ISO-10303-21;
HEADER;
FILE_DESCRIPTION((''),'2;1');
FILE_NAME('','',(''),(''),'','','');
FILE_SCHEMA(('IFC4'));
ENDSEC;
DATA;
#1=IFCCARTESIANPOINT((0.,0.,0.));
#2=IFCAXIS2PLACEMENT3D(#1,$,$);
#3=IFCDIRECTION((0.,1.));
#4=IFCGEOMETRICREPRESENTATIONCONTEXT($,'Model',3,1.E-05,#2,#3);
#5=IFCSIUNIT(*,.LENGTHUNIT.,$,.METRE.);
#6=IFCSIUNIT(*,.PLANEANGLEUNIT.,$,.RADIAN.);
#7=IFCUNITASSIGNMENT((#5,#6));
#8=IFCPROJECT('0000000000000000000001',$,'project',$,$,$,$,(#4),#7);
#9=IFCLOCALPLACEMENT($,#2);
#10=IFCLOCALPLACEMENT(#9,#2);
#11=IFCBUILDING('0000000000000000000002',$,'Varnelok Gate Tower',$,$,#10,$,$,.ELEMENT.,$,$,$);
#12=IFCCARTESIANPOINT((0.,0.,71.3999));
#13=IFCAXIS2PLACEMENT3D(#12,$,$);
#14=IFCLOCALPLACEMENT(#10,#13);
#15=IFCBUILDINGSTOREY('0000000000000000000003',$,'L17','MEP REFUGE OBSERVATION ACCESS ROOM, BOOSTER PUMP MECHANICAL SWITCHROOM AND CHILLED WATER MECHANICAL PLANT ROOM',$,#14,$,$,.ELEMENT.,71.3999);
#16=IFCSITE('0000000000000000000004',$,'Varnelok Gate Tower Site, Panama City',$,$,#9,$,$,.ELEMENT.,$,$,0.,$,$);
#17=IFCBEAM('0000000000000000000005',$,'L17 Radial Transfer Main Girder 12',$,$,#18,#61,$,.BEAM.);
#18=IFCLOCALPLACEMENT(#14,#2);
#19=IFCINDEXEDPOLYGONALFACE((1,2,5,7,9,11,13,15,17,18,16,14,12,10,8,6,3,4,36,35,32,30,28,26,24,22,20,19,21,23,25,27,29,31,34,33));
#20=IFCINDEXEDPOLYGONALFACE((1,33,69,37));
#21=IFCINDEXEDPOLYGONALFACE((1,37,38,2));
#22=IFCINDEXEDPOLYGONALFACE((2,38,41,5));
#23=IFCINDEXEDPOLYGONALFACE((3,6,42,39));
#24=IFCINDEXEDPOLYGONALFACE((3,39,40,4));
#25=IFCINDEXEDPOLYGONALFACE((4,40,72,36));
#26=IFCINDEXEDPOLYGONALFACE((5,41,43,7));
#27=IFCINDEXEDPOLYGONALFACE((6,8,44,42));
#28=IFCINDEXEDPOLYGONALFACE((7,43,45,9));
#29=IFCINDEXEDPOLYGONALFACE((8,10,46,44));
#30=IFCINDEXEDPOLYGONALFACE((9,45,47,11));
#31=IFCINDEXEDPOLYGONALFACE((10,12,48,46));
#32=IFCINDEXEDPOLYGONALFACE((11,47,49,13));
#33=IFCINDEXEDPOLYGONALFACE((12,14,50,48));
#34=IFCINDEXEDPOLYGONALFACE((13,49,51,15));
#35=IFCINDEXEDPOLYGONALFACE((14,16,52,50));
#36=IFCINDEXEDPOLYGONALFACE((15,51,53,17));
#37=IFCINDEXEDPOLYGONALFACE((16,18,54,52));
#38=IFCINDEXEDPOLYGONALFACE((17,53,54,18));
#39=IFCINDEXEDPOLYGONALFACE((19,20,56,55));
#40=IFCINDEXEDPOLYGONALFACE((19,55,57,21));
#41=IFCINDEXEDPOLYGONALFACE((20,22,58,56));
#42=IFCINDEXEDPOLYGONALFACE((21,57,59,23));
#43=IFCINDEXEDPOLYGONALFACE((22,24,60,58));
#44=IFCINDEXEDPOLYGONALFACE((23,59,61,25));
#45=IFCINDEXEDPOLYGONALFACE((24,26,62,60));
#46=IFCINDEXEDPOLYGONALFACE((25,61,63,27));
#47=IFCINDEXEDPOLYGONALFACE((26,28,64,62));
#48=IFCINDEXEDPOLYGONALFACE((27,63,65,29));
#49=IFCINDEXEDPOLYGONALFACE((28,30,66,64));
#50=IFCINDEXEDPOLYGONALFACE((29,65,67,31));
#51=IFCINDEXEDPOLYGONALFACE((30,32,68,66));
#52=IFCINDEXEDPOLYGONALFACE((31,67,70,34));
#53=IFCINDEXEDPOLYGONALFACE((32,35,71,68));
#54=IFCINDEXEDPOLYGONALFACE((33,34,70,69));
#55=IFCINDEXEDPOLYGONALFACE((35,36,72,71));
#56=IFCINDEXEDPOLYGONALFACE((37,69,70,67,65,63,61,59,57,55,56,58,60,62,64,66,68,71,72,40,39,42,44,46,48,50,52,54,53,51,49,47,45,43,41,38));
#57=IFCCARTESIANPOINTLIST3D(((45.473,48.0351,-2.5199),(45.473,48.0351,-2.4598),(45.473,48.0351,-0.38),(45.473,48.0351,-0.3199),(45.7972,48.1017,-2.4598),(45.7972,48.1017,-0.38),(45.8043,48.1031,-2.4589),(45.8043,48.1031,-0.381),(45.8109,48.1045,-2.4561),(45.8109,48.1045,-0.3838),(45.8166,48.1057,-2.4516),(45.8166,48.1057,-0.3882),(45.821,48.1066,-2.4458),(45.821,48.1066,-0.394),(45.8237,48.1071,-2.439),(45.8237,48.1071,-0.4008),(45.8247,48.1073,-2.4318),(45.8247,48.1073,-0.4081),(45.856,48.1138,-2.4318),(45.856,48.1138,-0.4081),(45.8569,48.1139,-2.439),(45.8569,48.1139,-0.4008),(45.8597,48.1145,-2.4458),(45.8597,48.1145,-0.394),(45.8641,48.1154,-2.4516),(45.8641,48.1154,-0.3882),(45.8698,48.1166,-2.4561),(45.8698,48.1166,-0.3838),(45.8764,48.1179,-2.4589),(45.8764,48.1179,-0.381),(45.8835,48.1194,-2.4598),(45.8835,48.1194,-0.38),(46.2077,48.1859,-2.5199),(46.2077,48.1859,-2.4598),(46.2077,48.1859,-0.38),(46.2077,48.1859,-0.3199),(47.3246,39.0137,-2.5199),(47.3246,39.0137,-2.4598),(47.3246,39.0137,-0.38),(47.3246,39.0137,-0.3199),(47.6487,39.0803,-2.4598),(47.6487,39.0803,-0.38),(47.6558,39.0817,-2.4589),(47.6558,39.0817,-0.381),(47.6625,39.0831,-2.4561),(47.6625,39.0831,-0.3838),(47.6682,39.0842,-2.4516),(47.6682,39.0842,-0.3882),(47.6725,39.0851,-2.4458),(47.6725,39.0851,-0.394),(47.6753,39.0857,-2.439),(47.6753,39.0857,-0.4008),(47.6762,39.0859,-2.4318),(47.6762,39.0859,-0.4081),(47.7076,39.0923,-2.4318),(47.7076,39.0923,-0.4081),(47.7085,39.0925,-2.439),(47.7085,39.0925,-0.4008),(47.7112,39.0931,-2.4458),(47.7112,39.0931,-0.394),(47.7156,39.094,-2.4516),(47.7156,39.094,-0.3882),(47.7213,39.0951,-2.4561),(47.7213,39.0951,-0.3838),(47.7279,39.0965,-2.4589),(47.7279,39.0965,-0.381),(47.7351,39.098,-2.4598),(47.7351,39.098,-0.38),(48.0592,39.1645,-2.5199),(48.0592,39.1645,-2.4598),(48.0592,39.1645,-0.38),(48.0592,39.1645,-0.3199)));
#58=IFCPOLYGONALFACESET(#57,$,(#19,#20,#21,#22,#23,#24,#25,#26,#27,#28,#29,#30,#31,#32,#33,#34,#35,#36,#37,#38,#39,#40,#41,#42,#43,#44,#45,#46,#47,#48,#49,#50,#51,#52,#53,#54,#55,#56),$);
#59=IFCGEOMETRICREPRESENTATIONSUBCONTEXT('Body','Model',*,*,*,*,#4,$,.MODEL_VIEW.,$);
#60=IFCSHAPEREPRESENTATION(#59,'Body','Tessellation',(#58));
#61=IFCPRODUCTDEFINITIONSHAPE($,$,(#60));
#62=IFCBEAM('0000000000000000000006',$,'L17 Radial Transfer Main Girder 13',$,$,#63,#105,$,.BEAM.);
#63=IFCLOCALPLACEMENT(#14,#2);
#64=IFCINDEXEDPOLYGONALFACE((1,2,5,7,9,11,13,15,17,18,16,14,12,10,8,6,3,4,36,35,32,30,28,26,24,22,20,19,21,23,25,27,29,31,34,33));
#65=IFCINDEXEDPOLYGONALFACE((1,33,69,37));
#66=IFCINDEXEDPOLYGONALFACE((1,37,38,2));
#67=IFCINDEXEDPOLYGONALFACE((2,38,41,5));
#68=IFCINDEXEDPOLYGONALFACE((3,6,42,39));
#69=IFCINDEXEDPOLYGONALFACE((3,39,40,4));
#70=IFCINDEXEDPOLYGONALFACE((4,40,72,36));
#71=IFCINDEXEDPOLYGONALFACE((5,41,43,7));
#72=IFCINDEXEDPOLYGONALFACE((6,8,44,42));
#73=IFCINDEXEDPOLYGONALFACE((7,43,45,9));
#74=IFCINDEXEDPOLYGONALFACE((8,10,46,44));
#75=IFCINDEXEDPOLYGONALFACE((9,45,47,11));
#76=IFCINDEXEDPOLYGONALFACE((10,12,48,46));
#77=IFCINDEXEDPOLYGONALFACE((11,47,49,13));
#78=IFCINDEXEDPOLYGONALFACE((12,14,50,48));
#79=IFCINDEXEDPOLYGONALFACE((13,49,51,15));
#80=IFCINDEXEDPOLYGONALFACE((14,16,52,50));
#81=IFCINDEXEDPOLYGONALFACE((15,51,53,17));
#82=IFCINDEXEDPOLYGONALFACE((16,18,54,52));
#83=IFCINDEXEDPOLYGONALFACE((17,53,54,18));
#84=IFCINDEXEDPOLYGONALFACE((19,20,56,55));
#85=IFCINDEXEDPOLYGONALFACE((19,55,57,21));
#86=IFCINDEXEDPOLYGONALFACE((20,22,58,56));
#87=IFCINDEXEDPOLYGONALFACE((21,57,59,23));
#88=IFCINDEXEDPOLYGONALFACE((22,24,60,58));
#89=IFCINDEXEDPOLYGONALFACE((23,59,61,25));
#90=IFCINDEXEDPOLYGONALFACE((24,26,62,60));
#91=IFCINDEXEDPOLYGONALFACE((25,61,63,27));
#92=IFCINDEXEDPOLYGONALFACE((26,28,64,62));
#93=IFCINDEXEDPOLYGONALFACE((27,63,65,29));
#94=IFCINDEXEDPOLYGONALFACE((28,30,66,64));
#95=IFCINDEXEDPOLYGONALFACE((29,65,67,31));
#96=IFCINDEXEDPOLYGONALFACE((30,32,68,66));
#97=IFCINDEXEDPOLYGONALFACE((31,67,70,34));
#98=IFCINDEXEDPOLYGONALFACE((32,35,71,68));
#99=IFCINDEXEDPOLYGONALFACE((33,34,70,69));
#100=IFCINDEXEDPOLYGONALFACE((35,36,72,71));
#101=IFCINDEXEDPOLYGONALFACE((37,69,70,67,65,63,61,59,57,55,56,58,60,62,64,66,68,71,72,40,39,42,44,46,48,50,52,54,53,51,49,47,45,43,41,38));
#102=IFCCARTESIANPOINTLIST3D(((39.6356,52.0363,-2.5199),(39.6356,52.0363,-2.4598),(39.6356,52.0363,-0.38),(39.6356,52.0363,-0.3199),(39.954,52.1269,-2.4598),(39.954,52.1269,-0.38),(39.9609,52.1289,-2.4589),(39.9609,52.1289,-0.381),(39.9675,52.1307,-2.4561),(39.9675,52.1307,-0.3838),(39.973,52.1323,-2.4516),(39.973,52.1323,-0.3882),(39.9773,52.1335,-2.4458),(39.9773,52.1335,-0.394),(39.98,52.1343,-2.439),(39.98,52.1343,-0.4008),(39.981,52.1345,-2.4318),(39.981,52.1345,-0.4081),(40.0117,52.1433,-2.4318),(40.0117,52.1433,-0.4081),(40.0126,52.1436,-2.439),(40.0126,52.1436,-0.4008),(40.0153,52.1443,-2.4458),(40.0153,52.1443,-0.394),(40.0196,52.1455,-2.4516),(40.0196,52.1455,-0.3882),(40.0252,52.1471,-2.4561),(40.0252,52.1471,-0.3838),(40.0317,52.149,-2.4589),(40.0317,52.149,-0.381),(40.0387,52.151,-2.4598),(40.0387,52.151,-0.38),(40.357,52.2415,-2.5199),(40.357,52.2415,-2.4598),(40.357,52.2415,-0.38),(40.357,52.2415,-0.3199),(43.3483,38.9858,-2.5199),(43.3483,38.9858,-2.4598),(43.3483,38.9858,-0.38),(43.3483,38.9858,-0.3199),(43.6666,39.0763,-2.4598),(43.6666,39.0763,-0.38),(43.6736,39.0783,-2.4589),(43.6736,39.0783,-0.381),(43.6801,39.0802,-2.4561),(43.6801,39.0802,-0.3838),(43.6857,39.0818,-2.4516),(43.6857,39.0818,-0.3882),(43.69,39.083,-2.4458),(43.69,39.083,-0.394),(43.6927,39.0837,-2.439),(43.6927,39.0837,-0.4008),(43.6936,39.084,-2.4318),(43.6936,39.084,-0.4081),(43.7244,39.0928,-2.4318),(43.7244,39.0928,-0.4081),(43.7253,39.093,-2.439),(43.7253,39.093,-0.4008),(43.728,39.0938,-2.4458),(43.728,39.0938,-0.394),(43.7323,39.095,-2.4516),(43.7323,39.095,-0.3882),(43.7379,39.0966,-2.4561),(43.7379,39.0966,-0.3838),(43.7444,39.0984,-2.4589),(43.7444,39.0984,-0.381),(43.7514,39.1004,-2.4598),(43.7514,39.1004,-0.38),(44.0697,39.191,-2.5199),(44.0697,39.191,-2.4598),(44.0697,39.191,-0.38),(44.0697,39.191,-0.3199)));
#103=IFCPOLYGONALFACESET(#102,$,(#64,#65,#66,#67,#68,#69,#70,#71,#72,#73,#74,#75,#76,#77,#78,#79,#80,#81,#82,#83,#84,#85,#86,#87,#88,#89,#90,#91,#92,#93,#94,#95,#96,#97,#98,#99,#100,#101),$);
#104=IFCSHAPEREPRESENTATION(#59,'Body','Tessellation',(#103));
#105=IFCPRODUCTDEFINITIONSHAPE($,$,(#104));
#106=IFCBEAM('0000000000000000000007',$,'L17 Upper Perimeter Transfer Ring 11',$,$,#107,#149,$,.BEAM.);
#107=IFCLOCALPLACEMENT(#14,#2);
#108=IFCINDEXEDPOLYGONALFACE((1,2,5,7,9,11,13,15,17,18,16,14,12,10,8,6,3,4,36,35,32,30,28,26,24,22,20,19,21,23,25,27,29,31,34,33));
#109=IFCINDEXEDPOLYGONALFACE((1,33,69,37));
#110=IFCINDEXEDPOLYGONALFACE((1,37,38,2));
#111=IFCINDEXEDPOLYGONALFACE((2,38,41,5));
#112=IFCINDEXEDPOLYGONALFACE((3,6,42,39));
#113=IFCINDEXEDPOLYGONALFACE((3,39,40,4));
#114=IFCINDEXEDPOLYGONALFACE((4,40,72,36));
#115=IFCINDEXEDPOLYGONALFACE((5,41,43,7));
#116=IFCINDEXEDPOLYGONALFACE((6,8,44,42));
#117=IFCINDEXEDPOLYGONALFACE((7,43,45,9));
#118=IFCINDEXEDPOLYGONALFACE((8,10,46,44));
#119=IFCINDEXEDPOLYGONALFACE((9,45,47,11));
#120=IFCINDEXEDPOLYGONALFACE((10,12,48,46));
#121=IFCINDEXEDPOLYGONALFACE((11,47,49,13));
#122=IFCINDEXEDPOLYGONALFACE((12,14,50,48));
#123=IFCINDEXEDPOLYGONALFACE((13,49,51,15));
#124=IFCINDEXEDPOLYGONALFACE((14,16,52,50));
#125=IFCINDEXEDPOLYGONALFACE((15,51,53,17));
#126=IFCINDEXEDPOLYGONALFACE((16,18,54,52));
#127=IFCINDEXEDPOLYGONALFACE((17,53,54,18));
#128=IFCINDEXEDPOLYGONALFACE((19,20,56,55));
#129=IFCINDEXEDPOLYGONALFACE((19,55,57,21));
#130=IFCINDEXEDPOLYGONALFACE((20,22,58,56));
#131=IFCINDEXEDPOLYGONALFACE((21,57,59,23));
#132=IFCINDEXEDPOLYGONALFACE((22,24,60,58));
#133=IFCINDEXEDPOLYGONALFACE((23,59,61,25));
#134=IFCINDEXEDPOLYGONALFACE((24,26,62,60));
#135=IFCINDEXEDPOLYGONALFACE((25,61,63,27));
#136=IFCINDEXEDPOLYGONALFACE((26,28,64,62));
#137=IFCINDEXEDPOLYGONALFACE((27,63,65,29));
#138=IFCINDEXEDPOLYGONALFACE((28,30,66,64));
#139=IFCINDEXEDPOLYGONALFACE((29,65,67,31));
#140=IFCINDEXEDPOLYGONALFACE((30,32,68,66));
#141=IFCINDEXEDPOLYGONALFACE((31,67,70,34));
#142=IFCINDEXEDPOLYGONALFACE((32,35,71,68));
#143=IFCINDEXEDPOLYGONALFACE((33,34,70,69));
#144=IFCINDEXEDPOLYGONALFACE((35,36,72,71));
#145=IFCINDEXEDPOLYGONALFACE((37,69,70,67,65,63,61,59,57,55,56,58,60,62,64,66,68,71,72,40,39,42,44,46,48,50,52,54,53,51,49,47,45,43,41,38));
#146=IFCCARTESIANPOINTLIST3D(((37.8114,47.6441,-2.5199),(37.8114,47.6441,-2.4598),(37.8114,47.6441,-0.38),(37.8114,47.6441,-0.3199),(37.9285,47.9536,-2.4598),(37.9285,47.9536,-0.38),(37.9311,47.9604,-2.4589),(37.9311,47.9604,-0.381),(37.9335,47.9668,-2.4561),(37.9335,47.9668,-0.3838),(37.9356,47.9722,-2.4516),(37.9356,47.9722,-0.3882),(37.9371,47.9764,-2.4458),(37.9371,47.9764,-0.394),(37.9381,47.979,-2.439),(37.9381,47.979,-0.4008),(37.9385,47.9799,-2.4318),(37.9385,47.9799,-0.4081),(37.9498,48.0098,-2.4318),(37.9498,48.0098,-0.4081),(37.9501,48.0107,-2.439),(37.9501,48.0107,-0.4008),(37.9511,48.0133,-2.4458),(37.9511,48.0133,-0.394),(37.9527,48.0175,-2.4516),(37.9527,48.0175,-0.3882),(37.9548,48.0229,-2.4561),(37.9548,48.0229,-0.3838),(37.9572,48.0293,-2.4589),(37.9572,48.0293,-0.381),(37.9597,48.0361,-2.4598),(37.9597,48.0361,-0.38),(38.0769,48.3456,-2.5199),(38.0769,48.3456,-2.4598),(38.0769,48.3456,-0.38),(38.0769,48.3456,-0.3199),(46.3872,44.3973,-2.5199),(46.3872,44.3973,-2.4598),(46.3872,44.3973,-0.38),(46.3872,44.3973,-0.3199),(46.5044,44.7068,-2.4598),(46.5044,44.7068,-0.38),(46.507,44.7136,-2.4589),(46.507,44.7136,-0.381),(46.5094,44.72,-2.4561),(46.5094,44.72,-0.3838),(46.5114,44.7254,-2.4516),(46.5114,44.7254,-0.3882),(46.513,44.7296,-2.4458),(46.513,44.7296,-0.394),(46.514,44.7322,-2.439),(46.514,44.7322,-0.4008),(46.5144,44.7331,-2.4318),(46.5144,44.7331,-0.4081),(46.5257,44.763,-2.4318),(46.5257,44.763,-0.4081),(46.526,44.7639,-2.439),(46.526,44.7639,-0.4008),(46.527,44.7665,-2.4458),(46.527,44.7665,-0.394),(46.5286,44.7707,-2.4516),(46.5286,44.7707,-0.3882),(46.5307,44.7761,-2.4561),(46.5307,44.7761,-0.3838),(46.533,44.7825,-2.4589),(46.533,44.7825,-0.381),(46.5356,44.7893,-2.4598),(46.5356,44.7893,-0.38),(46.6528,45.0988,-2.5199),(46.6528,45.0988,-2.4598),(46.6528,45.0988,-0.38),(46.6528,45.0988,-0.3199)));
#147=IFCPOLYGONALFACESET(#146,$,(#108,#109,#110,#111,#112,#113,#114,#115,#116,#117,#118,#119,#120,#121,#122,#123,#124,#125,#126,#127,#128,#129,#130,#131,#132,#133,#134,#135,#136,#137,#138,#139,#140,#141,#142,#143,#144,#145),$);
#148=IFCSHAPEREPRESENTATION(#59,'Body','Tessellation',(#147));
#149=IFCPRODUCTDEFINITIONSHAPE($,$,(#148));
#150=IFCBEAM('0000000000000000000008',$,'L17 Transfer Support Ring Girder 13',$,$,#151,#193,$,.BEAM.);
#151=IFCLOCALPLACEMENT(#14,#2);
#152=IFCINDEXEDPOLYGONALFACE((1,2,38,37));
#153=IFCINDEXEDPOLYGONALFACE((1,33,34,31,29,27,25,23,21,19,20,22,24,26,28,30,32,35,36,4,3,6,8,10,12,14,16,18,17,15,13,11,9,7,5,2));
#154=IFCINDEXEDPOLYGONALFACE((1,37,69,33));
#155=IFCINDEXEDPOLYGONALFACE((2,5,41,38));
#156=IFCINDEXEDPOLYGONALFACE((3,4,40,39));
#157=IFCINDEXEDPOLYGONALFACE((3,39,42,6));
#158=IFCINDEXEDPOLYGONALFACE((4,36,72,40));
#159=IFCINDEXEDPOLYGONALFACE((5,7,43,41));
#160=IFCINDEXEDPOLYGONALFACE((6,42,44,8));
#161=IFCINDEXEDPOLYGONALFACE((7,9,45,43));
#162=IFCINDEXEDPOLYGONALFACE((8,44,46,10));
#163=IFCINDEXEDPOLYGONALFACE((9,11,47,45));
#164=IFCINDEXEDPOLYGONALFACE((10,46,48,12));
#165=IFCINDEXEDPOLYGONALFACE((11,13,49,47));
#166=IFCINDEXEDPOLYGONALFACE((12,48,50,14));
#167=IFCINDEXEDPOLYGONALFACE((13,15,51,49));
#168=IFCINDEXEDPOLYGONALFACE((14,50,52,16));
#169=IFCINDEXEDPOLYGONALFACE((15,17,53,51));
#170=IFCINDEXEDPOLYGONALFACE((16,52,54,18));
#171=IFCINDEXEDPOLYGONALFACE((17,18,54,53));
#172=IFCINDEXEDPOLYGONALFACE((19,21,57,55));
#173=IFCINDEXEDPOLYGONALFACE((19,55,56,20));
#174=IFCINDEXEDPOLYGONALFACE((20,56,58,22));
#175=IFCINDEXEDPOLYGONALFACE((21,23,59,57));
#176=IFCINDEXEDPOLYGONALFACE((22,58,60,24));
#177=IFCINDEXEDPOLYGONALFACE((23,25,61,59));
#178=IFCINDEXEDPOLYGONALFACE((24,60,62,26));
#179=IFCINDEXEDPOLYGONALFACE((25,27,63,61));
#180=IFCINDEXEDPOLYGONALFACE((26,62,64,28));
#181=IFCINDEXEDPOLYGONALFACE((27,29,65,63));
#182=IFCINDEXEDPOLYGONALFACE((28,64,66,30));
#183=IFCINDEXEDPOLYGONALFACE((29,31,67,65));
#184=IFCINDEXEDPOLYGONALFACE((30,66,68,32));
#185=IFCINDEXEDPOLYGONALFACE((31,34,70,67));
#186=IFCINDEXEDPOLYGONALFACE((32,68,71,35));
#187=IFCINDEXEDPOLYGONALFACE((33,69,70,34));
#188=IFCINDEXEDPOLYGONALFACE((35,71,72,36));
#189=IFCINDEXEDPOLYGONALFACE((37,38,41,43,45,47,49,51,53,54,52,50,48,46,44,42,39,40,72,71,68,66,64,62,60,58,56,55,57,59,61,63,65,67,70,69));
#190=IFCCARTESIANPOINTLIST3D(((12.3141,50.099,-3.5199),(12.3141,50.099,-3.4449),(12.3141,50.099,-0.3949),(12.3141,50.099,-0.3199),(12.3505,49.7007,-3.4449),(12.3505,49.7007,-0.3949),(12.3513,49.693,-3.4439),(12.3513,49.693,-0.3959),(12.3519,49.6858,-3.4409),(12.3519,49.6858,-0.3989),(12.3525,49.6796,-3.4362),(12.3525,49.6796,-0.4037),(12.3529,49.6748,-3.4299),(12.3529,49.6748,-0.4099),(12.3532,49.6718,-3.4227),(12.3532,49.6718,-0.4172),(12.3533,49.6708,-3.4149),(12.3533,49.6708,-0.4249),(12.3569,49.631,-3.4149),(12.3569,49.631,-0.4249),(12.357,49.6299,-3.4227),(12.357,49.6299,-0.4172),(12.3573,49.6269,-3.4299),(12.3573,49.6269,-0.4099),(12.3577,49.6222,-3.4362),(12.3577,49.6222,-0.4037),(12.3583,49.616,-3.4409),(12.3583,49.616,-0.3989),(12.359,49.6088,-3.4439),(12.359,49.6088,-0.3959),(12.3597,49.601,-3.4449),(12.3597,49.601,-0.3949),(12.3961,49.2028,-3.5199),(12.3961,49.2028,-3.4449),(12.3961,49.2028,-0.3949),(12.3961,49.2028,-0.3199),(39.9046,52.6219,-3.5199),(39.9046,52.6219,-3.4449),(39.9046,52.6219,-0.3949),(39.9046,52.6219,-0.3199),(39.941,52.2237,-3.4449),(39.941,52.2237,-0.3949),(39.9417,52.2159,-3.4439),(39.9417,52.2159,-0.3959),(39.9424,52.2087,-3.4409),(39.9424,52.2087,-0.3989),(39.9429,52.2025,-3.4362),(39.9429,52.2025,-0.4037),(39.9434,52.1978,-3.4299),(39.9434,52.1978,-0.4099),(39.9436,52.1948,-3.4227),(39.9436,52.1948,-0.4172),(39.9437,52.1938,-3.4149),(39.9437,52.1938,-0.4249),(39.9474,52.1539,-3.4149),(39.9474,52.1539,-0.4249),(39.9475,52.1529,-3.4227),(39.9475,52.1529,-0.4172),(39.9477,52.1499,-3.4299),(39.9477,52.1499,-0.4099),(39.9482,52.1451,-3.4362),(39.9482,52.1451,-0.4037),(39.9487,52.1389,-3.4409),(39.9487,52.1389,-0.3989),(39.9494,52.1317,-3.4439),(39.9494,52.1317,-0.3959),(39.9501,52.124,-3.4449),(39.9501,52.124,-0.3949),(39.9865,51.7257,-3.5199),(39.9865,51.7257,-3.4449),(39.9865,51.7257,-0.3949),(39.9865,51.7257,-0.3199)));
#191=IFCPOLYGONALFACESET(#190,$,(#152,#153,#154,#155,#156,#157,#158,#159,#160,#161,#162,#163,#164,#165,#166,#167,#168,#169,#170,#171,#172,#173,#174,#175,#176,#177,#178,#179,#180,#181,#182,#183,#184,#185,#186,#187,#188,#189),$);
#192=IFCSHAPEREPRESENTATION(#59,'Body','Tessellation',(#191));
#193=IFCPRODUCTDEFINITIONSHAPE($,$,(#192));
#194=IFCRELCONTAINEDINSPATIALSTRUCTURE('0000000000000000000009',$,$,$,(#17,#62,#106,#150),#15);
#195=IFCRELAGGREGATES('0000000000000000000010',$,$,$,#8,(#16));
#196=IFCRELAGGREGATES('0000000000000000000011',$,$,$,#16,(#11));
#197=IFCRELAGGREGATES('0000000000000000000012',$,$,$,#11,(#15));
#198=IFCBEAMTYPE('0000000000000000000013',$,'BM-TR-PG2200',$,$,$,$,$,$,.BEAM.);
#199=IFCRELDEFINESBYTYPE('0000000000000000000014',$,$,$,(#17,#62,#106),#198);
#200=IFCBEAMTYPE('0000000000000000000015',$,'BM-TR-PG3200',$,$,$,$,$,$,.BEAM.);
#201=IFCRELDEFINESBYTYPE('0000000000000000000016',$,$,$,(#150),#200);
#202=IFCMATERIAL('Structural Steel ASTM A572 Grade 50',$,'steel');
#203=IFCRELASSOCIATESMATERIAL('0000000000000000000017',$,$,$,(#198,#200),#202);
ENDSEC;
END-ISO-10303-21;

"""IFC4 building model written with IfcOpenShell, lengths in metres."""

from ifc_helpers import new_model, si_unit, direction, frame, origin, origin_2d, place, context, subcontext, project, spatial, i_section, extrude, material, material_profile, profile_set, type_object, element, save


model = new_model("IFC4")

# Units and contexts
model_context = context("Model", 3, precision=1e-05, world=origin(), true_north=direction((0.0, 1.0)))
body_context = subcontext(model_context, "Body", "Model", "MODEL_VIEW")
ifc_project = project(units=[si_unit("LENGTHUNIT", "METRE"), si_unit("PLANEANGLEUNIT", "RADIAN")], contexts=[model_context])

# Site, building, storey
site_placement = place(None, origin())
site = spatial("IfcSite", under=ifc_project, at=site_placement, Name="Varnelok Gate Tower Site, Panama City", CompositionType="ELEMENT", RefElevation=0.0)
building_placement = place(site_placement, origin())
building = spatial("IfcBuilding", under=site, at=building_placement, Name="Varnelok Gate Tower", CompositionType="ELEMENT")
storey_placement = place(building_placement, frame((0.0, 0.0, 71.3999)))
storey = spatial("IfcBuildingStorey", under=building, at=storey_placement, Name="L17", Description="MEP REFUGE OBSERVATION ACCESS ROOM, BOOSTER PUMP MECHANICAL SWITCHROOM AND CHILLED WATER MECHANICAL PLANT ROOM", CompositionType="ELEMENT", Elevation=71.3999)

# Beams
ifc_material_1 = material(Name="Structural Steel ASTM A572 Grade 50", Category="steel")
ifc_material_profile_1 = material_profile(ifc_material_1, i_section(OverallWidth=0.75, OverallDepth=2.2, WebThickness=0.032, FlangeThickness=0.0601, FilletRadius=0.0281, at=origin_2d()), Name="PG2200X750")
ifc_profile_set_1 = profile_set([ifc_material_profile_1], Name="Structural Steel ASTM A572 Grade 50")
beam_type_1 = type_object("IfcBeamType", Name="BM-TR-PG2200", PredefinedType="BEAM", material=ifc_profile_set_1)
beam_1_placement = place(storey_placement, frame((47.6919, 39.0891, -1.4199), z_axis=(-0.201049, 0.979581, 0.0), x_axis=(-0.979581, -0.201049, 0.0)))
element("IfcBeam", 1, at=beam_1_placement, inside=storey, type_object=beam_type_1, Name="L17 Radial Transfer Main Girder 12", PredefinedType="BEAM", context=body_context, shape_type="SweptSolid", body=[
    extrude(i_section(OverallWidth=0.75, OverallDepth=2.2, WebThickness=0.032, FlangeThickness=0.0601, FilletRadius=0.0281, at=origin_2d()), origin(), (0.0, 0.0, 1.0), 9.2095),
])
beam_2_placement = place(storey_placement, frame((43.709, 39.0884, -1.4199), z_axis=(-0.273625, 0.961836, 0.0), x_axis=(-0.961836, -0.273625, 0.0)))
element("IfcBeam", 2, at=beam_2_placement, inside=storey, type_object=beam_type_1, Name="L17 Radial Transfer Main Girder 13", PredefinedType="BEAM", context=body_context, shape_type="SweptSolid", body=[
    extrude(i_section(OverallWidth=0.75, OverallDepth=2.2, WebThickness=0.032, FlangeThickness=0.0601, FilletRadius=0.0281, at=origin_2d()), origin(), (0.0, 0.0, 1.0), 13.5684),
])
beam_3_placement = place(storey_placement, frame((46.52, 44.748, -1.4199), z_axis=(-0.935218, 0.354071, 0.0), x_axis=(-0.354071, -0.935218, 0.0)))
element("IfcBeam", 3, at=beam_3_placement, inside=storey, type_object=beam_type_1, Name="L17 Upper Perimeter Transfer Ring 11", PredefinedType="BEAM", context=body_context, shape_type="SweptSolid", body=[
    extrude(i_section(OverallWidth=0.75, OverallDepth=2.2, WebThickness=0.032, FlangeThickness=0.0601, FilletRadius=0.0281, at=origin_2d()), origin(), (0.0, 0.0, 1.0), 9.1699),
])
ifc_material_profile_2 = material_profile(ifc_material_1, i_section(OverallWidth=0.8999, OverallDepth=3.2, WebThickness=0.04, FlangeThickness=0.075, FilletRadius=0.03, at=origin_2d()), Name="PG3200X900")
ifc_profile_set_2 = profile_set([ifc_material_profile_2], Name="Structural Steel ASTM A572 Grade 50")
beam_type_2 = type_object("IfcBeamType", Name="BM-TR-PG3200", PredefinedType="BEAM", material=ifc_profile_set_2)
beam_4_placement = place(storey_placement, frame((39.9456, 52.1738, -1.9199), z_axis=(-0.995845, -0.091062, 0.0), x_axis=(0.091062, -0.995845, 0.0)))
element("IfcBeam", 4, at=beam_4_placement, inside=storey, type_object=beam_type_2, Name="L17 Transfer Support Ring Girder 13", PredefinedType="BEAM", context=body_context, shape_type="SweptSolid", body=[
    extrude(i_section(OverallWidth=0.8999, OverallDepth=3.2, WebThickness=0.04, FlangeThickness=0.075, FilletRadius=0.03, at=origin_2d()), origin(), (0.0, 0.0, 1.0), 27.7056),
])

save(model, "model.ifc")
